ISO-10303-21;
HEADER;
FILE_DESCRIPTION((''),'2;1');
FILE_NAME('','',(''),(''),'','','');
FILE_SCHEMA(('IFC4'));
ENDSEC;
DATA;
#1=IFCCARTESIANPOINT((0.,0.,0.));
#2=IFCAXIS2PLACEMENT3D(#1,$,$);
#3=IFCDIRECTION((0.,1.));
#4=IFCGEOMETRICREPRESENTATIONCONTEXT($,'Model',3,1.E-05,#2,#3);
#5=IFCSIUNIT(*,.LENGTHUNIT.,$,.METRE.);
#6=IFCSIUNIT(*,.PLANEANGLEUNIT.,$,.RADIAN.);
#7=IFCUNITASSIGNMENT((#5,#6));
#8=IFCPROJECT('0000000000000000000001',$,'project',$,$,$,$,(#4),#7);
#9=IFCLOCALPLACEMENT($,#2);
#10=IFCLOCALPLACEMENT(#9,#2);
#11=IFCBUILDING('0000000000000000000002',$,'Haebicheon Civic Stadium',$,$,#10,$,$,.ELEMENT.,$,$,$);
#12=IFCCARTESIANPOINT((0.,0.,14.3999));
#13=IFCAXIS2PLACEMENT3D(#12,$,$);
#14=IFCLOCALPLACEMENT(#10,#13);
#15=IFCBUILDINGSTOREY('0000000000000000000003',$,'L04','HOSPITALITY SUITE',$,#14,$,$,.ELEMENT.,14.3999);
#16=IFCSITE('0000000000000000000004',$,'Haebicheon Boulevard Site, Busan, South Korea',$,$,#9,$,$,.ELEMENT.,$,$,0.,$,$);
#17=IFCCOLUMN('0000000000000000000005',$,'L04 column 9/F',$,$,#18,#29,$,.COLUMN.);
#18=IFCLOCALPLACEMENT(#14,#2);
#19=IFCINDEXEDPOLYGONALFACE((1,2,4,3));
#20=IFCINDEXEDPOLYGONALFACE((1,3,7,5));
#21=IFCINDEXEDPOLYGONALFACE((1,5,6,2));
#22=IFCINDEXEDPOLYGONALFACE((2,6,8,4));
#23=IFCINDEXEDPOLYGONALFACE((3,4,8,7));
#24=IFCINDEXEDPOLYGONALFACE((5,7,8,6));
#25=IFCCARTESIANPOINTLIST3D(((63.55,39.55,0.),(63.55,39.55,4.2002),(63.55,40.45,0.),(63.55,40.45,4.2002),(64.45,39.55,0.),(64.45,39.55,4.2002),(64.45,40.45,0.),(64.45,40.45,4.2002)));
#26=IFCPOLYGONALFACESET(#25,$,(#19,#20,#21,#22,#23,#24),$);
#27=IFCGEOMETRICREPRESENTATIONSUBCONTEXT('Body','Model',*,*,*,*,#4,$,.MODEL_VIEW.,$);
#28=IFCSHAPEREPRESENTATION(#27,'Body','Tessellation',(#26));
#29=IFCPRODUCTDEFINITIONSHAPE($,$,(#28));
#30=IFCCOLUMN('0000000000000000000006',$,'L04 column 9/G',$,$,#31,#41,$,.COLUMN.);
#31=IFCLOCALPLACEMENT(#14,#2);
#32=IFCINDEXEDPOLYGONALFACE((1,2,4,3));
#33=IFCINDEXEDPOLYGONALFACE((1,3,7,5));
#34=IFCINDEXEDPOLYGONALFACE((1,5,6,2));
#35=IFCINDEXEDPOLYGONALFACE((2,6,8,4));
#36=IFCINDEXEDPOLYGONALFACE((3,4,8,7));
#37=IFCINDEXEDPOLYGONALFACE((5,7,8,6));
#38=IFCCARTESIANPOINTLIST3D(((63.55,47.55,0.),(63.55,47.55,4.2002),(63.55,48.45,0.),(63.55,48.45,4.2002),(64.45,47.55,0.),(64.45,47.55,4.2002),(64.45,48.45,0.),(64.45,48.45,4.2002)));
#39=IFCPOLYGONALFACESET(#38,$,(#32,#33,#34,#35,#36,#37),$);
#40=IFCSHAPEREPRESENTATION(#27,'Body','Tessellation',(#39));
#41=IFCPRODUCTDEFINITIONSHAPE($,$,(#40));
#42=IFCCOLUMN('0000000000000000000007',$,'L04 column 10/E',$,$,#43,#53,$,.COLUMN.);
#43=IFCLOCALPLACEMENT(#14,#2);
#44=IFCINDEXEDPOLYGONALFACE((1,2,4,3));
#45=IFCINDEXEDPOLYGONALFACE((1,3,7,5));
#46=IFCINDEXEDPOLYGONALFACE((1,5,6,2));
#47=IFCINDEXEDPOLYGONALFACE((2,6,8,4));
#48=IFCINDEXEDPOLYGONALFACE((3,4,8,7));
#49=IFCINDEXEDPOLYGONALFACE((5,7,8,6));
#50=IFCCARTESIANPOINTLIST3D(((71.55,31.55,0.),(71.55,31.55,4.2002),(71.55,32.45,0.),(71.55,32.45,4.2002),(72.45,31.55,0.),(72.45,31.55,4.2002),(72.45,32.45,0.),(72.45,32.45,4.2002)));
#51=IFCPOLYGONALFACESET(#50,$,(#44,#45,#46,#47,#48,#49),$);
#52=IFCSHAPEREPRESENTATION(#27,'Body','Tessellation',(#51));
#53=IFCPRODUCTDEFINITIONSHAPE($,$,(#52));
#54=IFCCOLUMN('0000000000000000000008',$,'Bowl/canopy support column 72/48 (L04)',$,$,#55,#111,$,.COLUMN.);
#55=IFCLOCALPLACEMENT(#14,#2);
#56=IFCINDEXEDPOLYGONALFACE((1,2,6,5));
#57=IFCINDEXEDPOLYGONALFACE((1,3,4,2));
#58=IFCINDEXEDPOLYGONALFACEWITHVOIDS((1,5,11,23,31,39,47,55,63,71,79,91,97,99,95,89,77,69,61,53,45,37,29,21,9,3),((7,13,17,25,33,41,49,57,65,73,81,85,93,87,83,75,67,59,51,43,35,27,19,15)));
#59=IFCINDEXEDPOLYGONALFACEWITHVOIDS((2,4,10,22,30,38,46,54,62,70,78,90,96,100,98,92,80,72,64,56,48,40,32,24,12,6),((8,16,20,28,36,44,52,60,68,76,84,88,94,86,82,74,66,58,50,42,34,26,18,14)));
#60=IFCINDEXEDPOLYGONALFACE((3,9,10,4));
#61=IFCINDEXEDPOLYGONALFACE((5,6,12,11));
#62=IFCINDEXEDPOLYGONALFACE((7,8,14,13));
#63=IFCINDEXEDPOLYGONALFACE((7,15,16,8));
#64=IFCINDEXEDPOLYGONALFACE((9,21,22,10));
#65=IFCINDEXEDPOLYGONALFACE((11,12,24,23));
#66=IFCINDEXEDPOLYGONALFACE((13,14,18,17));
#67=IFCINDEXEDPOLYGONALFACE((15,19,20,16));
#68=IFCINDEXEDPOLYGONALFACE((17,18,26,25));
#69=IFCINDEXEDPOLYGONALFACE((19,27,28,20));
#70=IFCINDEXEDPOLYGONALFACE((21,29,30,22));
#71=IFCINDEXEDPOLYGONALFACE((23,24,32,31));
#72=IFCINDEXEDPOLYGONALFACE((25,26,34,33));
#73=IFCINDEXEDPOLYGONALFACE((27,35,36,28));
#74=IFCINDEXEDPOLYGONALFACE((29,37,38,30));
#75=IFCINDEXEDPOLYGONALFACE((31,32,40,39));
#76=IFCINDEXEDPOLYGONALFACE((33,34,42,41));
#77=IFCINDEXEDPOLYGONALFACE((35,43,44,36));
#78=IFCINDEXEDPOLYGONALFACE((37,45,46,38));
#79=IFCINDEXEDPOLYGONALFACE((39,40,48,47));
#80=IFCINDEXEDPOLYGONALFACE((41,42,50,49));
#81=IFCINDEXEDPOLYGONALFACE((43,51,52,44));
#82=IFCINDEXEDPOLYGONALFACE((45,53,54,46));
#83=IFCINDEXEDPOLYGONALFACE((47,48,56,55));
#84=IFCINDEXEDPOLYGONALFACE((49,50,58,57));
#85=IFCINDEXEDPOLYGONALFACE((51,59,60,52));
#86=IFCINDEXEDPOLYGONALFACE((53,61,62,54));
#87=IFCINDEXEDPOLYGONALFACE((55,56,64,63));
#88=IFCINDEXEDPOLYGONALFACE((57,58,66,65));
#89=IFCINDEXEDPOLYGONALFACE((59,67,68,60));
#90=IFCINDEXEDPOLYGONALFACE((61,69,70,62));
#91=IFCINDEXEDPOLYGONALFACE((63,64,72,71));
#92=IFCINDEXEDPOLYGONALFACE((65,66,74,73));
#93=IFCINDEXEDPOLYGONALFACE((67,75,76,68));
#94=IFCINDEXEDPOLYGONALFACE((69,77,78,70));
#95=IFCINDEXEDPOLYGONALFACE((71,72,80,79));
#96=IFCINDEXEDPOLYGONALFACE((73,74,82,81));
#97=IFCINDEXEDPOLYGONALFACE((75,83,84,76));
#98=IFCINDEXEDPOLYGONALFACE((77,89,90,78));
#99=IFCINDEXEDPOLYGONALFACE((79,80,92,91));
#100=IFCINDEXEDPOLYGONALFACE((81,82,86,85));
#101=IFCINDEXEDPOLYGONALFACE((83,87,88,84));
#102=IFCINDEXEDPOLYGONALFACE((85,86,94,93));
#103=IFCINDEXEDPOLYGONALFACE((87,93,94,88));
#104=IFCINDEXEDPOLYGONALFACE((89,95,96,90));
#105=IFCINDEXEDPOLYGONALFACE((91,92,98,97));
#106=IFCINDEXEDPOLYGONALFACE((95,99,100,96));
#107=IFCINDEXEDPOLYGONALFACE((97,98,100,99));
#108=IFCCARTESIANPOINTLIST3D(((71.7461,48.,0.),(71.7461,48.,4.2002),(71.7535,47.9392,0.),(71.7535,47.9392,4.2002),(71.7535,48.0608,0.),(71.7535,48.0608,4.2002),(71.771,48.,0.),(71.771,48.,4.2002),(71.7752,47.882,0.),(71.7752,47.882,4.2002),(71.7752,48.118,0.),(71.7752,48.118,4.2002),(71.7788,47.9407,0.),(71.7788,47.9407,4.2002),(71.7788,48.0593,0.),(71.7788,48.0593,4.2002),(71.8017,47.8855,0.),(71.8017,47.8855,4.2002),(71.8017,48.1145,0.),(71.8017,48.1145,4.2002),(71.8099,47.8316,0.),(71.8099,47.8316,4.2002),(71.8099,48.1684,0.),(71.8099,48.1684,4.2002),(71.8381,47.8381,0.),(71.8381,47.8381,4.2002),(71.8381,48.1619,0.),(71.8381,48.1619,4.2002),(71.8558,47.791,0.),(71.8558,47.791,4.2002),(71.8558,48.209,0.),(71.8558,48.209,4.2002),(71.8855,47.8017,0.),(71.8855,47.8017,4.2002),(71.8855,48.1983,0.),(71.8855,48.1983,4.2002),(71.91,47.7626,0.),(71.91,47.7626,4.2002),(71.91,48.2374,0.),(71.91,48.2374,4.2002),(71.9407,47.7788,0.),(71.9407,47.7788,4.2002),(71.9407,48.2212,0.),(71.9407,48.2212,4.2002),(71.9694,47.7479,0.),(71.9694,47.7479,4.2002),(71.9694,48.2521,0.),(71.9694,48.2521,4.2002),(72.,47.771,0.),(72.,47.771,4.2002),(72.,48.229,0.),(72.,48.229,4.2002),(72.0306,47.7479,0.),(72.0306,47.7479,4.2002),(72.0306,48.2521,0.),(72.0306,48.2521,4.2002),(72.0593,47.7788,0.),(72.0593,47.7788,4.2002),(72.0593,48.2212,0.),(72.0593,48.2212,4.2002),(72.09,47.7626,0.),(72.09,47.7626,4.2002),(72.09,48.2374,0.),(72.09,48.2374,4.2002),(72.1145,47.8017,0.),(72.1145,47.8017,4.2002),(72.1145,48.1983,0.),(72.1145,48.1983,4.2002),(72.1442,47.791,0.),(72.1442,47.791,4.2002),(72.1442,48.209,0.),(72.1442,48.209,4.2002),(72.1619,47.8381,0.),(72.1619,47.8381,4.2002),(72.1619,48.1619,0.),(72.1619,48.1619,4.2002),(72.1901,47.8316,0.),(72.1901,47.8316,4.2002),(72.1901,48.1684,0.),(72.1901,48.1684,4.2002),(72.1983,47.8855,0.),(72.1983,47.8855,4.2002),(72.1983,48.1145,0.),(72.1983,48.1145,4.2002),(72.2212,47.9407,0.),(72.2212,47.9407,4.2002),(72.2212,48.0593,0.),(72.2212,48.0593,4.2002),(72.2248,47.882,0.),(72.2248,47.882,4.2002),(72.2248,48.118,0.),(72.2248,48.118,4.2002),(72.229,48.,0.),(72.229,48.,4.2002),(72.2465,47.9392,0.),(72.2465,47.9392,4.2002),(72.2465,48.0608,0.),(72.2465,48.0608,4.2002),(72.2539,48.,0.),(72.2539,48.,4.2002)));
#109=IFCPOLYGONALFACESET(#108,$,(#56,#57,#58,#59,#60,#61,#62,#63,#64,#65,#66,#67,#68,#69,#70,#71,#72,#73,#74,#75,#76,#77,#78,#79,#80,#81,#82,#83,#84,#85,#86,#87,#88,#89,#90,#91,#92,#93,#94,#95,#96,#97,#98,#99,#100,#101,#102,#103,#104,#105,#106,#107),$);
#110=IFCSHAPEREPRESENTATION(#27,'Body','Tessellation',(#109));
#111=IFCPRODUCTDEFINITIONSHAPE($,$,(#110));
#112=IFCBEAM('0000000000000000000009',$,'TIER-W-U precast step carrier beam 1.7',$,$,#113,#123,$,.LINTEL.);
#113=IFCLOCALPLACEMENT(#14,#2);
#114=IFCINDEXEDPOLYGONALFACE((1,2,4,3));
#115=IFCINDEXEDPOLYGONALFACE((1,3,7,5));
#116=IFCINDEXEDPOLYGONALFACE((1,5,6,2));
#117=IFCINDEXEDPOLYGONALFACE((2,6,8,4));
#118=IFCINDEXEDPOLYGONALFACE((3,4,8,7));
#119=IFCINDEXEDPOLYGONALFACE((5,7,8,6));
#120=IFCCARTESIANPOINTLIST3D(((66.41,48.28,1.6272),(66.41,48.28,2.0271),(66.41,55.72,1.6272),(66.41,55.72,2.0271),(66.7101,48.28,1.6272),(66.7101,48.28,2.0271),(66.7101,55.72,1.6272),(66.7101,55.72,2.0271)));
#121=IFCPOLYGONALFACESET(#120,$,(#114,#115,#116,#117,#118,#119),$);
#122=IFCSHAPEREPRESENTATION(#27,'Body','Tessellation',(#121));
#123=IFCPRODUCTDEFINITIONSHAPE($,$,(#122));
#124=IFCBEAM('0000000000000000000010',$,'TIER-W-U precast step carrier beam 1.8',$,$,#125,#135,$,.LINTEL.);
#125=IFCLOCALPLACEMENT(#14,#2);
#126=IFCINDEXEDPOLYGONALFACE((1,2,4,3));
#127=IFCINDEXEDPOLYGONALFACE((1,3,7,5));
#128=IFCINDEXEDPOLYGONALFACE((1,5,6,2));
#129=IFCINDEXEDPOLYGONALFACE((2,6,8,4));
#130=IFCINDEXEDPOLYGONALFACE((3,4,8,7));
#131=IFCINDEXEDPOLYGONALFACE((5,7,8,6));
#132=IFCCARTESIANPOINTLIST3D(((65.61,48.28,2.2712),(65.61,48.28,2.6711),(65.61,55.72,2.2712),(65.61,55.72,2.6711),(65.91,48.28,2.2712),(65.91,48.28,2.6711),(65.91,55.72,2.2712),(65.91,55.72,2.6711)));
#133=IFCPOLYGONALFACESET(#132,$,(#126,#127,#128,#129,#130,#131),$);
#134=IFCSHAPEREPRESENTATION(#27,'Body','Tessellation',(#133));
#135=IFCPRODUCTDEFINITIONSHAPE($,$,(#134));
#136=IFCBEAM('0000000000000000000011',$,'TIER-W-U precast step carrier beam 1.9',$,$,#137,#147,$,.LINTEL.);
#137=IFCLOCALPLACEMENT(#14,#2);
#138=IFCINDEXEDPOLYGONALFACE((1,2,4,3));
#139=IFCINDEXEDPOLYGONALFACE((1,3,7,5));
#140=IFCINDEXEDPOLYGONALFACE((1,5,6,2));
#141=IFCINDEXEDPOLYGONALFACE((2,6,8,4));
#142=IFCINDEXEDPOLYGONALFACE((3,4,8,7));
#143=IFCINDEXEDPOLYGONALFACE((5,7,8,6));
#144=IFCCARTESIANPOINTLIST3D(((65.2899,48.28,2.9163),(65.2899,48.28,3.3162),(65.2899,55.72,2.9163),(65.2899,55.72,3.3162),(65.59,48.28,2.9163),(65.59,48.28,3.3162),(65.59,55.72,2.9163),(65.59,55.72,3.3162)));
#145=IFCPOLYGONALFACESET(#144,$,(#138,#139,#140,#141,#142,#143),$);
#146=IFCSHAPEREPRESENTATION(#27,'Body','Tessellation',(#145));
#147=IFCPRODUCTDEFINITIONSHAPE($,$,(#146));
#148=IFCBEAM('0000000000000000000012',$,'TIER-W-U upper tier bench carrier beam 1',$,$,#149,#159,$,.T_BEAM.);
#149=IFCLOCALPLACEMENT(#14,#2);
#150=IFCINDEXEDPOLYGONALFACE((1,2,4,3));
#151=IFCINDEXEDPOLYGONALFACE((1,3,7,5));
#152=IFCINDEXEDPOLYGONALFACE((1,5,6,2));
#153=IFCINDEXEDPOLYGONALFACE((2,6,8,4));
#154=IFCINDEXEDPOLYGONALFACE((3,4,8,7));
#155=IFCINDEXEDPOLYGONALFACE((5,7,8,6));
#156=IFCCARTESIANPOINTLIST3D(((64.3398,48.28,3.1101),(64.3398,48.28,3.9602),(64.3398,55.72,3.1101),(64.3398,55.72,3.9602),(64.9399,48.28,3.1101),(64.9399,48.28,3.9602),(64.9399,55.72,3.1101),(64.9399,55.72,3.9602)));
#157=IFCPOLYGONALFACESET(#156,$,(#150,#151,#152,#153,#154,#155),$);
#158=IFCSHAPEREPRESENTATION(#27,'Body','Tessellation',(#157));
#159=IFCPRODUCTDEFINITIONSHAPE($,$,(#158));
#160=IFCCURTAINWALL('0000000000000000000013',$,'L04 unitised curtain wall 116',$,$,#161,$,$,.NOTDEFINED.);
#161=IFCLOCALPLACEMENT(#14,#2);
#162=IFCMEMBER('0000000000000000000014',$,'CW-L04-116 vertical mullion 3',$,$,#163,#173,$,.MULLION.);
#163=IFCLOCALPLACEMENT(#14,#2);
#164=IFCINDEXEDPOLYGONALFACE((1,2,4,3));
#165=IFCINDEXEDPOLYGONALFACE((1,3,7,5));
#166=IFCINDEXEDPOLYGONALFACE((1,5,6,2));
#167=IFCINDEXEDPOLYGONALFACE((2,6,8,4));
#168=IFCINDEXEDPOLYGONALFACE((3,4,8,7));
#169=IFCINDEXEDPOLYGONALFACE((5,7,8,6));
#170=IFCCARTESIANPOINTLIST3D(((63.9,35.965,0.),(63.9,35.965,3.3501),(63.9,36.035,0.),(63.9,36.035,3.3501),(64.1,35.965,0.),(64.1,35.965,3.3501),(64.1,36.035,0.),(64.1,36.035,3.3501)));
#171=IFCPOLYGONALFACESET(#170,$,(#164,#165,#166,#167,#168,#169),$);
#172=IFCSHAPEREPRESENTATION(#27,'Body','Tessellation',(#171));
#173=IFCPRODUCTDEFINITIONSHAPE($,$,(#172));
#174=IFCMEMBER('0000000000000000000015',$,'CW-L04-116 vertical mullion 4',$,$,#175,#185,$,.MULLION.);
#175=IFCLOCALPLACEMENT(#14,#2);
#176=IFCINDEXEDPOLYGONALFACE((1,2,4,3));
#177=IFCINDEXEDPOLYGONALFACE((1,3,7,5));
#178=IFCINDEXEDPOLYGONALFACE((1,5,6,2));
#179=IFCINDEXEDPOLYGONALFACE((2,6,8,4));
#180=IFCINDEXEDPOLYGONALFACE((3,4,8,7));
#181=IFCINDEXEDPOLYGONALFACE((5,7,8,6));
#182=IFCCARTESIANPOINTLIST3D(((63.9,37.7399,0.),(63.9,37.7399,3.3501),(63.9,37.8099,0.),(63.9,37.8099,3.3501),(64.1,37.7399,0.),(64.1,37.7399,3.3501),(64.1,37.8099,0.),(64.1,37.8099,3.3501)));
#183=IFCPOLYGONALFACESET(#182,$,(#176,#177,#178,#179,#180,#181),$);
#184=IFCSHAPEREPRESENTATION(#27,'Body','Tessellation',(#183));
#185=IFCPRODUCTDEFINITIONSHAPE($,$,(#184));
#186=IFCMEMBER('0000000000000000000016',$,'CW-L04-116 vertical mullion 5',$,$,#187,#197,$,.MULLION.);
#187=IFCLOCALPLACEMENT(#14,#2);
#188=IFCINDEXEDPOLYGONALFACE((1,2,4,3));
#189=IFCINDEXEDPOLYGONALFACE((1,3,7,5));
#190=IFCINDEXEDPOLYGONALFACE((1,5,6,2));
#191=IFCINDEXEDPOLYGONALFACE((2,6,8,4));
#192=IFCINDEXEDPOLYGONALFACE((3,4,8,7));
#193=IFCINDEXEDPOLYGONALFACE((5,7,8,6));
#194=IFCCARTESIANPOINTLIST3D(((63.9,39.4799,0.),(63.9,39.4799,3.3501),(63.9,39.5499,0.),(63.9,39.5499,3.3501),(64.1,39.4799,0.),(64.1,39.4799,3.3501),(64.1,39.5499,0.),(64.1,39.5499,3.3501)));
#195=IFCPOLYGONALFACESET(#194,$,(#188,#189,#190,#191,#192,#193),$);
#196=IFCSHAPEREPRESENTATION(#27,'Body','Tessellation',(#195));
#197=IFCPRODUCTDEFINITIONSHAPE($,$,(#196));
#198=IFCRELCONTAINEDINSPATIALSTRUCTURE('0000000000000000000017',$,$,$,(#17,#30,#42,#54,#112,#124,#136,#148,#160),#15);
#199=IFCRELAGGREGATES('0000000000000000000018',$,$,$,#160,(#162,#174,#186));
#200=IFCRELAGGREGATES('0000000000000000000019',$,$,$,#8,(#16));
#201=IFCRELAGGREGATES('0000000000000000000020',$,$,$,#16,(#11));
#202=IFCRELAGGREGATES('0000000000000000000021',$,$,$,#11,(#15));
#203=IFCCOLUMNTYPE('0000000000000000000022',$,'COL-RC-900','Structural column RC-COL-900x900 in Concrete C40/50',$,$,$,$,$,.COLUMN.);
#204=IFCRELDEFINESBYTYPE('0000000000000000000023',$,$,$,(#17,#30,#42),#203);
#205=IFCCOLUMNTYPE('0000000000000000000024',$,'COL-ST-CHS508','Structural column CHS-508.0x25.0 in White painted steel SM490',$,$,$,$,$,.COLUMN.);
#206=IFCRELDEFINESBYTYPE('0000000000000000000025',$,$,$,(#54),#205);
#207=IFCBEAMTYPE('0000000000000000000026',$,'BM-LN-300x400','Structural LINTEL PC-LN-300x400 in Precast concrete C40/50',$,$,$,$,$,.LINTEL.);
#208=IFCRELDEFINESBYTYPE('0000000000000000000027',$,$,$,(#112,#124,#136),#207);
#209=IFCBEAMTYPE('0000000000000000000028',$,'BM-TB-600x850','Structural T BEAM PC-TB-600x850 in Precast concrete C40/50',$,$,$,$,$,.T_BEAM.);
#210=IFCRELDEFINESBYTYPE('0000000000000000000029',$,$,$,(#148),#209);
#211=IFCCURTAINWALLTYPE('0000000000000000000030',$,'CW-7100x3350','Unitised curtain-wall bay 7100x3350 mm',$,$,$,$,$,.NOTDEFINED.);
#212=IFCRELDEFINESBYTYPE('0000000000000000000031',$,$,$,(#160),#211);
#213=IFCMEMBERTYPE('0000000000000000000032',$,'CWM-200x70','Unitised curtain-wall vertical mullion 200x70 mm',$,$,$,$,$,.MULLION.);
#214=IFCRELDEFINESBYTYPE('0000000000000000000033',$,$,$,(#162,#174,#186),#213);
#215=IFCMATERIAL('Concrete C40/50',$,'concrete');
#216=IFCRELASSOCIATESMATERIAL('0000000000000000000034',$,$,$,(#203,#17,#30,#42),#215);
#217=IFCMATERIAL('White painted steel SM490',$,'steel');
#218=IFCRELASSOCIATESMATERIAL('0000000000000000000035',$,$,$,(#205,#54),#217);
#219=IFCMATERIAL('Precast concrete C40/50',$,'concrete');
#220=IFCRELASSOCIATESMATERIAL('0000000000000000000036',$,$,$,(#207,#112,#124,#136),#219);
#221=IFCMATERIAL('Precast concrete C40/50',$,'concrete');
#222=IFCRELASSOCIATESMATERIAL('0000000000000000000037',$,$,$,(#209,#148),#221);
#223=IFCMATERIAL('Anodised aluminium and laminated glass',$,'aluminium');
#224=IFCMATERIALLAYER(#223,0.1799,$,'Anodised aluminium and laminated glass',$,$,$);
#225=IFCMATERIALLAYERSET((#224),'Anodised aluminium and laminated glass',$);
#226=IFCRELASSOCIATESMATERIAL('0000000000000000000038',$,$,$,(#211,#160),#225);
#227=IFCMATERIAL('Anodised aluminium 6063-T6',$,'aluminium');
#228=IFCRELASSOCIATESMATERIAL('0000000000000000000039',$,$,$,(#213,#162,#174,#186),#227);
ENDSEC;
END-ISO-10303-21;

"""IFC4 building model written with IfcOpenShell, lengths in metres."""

from ifc_helpers import new_model, si_unit, direction, frame, origin, origin_2d, place, context, subcontext, project, spatial, rectangle, hollow_circle, extrude, material, layer, layer_set, material_profile, profile_set, type_object, element, aggregate, save


model = new_model("IFC4")

# Units and contexts
model_context = context("Model", 3, precision=1e-05, world=origin(), true_north=direction((0.0, 1.0)))
body_context = subcontext(model_context, "Body", "Model", "MODEL_VIEW")
ifc_project = project(units=[si_unit("LENGTHUNIT", "METRE"), si_unit("PLANEANGLEUNIT", "RADIAN")], contexts=[model_context])

# Site, building, storey
site_placement = place(None, origin())
site = spatial("IfcSite", under=ifc_project, at=site_placement, Name="Haebicheon Boulevard Site, Busan, South Korea", CompositionType="ELEMENT", RefElevation=0.0)
building_placement = place(site_placement, origin())
building = spatial("IfcBuilding", under=site, at=building_placement, Name="Haebicheon Civic Stadium", CompositionType="ELEMENT")
storey_placement = place(building_placement, frame((0.0, 0.0, 14.3999)))
storey = spatial("IfcBuildingStorey", under=building, at=storey_placement, Name="L04", Description="HOSPITALITY SUITE", CompositionType="ELEMENT", Elevation=14.3999)

# Columns
ifc_material_1 = material(Name="Concrete C40/50", Category="concrete")
ifc_material_profile_1 = material_profile(ifc_material_1, rectangle(XDim=0.8999, YDim=0.8999, at=origin_2d()), Name="RC-COL-900x900")
ifc_profile_set_1 = profile_set([ifc_material_profile_1], Name="Concrete C40/50")
column_type_1 = type_object("IfcColumnType", Name="COL-RC-900", Description="Structural column RC-COL-900x900 in Concrete C40/50", PredefinedType="COLUMN", material=ifc_profile_set_1)
for number, where, z_axis, x_axis, name in (
    (1, (64.0, 40.0, 0.0), (0.0, 0.0, 1.0), (1.0, 0.0, 0.0), "L04 column 9/F"),
    (2, (64.0, 48.0, 0.0), (0.0, 0.0, 1.0), (1.0, 0.0, 0.0), "L04 column 9/G"),
    (3, (72.0, 32.0, 0.0), (0.0, 0.0, 1.0), (1.0, 0.0, 0.0), "L04 column 10/E"),
):
    element("IfcColumn", number, at=place(storey_placement, frame(where, z_axis=z_axis, x_axis=x_axis)), inside=storey, type_object=column_type_1, material=ifc_profile_set_1, Name=name, PredefinedType="COLUMN", context=body_context, shape_type="SweptSolid", body=[
        extrude(rectangle(XDim=0.8999, YDim=0.8999, at=origin_2d()), origin(), (0.0, 0.0, 1.0), 4.2002),
    ])
ifc_material_2 = material(Name="White painted steel SM490", Category="steel")
ifc_material_profile_2 = material_profile(ifc_material_2, hollow_circle(Radius=0.2539, WallThickness=0.0249, at=origin_2d()), Name="CHS-508.0x25.0")
ifc_profile_set_2 = profile_set([ifc_material_profile_2], Name="White painted steel SM490")
column_type_2 = type_object("IfcColumnType", Name="COL-ST-CHS508", Description="Structural column CHS-508.0x25.0 in White painted steel SM490", PredefinedType="COLUMN", material=ifc_profile_set_2)
column_placement = place(storey_placement, frame((72.0, 48.0, 0.0), z_axis=(0.0, 0.0, 1.0), x_axis=(1.0, 0.0, 0.0)))
element("IfcColumn", 4, at=column_placement, inside=storey, type_object=column_type_2, material=ifc_profile_set_2, Name="Bowl/canopy support column 72/48 (L04)", PredefinedType="COLUMN", context=body_context, shape_type="SweptSolid", body=[
    extrude(hollow_circle(Radius=0.2539, WallThickness=0.0249, at=origin_2d()), origin(), (0.0, 0.0, 1.0), 4.2002),
])

# Beams
ifc_material_3 = material(Name="Precast concrete C40/50", Category="concrete")
ifc_material_profile_3 = material_profile(ifc_material_3, rectangle(XDim=0.3, YDim=0.3999, at=origin_2d()), Name="PC-LN-300x400")
ifc_profile_set_3 = profile_set([ifc_material_profile_3], Name="Precast concrete C40/50")
beam_type_1 = type_object("IfcBeamType", Name="BM-LN-300x400", Description="Structural LINTEL PC-LN-300x400 in Precast concrete C40/50", PredefinedType="LINTEL", material=ifc_profile_set_3)
for number, where, z_axis, x_axis, name in (
    (5, (66.5601, 48.28, 1.8271), (0.0, 1.0, 0.0), (-1.0, 0.0, 0.0), "TIER-W-U precast step carrier beam 1.7"),
    (6, (65.76, 48.28, 2.4712), (0.0, 1.0, 0.0), (-1.0, 0.0, 0.0), "TIER-W-U precast step carrier beam 1.8"),
    (7, (65.4399, 48.28, 3.1162), (0.0, 1.0, 0.0), (-1.0, 0.0, 0.0), "TIER-W-U precast step carrier beam 1.9"),
):
    element("IfcBeam", number, at=place(storey_placement, frame(where, z_axis=z_axis, x_axis=x_axis)), inside=storey, type_object=beam_type_1, material=ifc_profile_set_3, Name=name, PredefinedType="LINTEL", context=body_context, shape_type="SweptSolid", body=[
        extrude(rectangle(XDim=0.3, YDim=0.3999, at=origin_2d()), origin(), (0.0, 0.0, 1.0), 7.4399),
    ])
ifc_material_4 = material(Name="Precast concrete C40/50", Category="concrete")
ifc_material_profile_4 = material_profile(ifc_material_4, rectangle(XDim=0.6001, YDim=0.8501, at=origin_2d()), Name="PC-TB-600x850")
ifc_profile_set_4 = profile_set([ifc_material_profile_4], Name="Precast concrete C40/50")
beam_type_2 = type_object("IfcBeamType", Name="BM-TB-600x850", Description="Structural T BEAM PC-TB-600x850 in Precast concrete C40/50", PredefinedType="T_BEAM", material=ifc_profile_set_4)
beam_1_placement = place(storey_placement, frame((64.6399, 48.28, 3.5352), z_axis=(0.0, 1.0, 0.0), x_axis=(-1.0, 0.0, 0.0)))
element("IfcBeam", 8, at=beam_1_placement, inside=storey, type_object=beam_type_2, material=ifc_profile_set_4, Name="TIER-W-U upper tier bench carrier beam 1", PredefinedType="T_BEAM", context=body_context, shape_type="SweptSolid", body=[
    extrude(rectangle(XDim=0.6001, YDim=0.8501, at=origin_2d()), origin(), (0.0, 0.0, 1.0), 7.4399),
])

# Curtain wall, members
ifc_material_5 = material(Name="Anodised aluminium and laminated glass", Category="aluminium")
ifc_layer_1 = layer(ifc_material_5, 0.1799, Name="Anodised aluminium and laminated glass")
ifc_layer_set_1 = layer_set([ifc_layer_1], Name="Anodised aluminium and laminated glass")
curtain_wall_type = type_object("IfcCurtainWallType", Name="CW-7100x3350", Description="Unitised curtain-wall bay 7100x3350 mm", PredefinedType="NOTDEFINED", material=ifc_layer_set_1)
curtain_wall_placement = place(storey_placement, origin())
curtain_wall = element("IfcCurtainWall", 9, at=curtain_wall_placement, inside=storey, type_object=curtain_wall_type, material=ifc_layer_set_1, Name="L04 unitised curtain wall 116", PredefinedType="NOTDEFINED")
ifc_material_6 = material(Name="Anodised aluminium 6063-T6", Category="aluminium")
ifc_material_profile_5 = material_profile(ifc_material_6, rectangle(XDim=0.0701, YDim=0.2, at=origin_2d()), Name="ALU-MULL-70x200")
ifc_profile_set_5 = profile_set([ifc_material_profile_5], Name="Anodised aluminium 6063-T6")
member_type_1 = type_object("IfcMemberType", Name="CWM-200x70", Description="Unitised curtain-wall vertical mullion 200x70 mm", PredefinedType="MULLION", material=ifc_profile_set_5)
member_1_placement = place(storey_placement, frame((64.0, 36.0, 0.0), z_axis=(0.0, 0.0, 1.0), x_axis=(0.0, 1.0, 0.0)))
member_1 = element("IfcMember", 10, at=member_1_placement, type_object=member_type_1, material=ifc_profile_set_5, Name="CW-L04-116 vertical mullion 3", PredefinedType="MULLION", context=body_context, shape_type="SweptSolid", body=[
    extrude(rectangle(XDim=0.0701, YDim=0.2, at=origin_2d()), origin(), (0.0, 0.0, 1.0), 3.3501),
])
member_2_placement = place(storey_placement, frame((64.0, 37.7749, 0.0), z_axis=(0.0, 0.0, 1.0), x_axis=(0.0, 1.0, 0.0)))
member_2 = element("IfcMember", 11, at=member_2_placement, type_object=member_type_1, material=ifc_profile_set_5, Name="CW-L04-116 vertical mullion 4", PredefinedType="MULLION", context=body_context, shape_type="SweptSolid", body=[
    extrude(rectangle(XDim=0.0701, YDim=0.2, at=origin_2d()), origin(), (0.0, 0.0, 1.0), 3.3501),
])
member_3_placement = place(storey_placement, frame((64.0, 39.5149, 0.0), z_axis=(0.0, 0.0, 1.0), x_axis=(0.0, 1.0, 0.0)))
member_3 = element("IfcMember", 12, at=member_3_placement, type_object=member_type_1, material=ifc_profile_set_5, Name="CW-L04-116 vertical mullion 5", PredefinedType="MULLION", context=body_context, shape_type="SweptSolid", body=[
    extrude(rectangle(XDim=0.0701, YDim=0.2, at=origin_2d()), origin(), (0.0, 0.0, 1.0), 3.3501),
])

aggregate(curtain_wall, [member_1, member_2, member_3])

save(model, "model.ifc")
